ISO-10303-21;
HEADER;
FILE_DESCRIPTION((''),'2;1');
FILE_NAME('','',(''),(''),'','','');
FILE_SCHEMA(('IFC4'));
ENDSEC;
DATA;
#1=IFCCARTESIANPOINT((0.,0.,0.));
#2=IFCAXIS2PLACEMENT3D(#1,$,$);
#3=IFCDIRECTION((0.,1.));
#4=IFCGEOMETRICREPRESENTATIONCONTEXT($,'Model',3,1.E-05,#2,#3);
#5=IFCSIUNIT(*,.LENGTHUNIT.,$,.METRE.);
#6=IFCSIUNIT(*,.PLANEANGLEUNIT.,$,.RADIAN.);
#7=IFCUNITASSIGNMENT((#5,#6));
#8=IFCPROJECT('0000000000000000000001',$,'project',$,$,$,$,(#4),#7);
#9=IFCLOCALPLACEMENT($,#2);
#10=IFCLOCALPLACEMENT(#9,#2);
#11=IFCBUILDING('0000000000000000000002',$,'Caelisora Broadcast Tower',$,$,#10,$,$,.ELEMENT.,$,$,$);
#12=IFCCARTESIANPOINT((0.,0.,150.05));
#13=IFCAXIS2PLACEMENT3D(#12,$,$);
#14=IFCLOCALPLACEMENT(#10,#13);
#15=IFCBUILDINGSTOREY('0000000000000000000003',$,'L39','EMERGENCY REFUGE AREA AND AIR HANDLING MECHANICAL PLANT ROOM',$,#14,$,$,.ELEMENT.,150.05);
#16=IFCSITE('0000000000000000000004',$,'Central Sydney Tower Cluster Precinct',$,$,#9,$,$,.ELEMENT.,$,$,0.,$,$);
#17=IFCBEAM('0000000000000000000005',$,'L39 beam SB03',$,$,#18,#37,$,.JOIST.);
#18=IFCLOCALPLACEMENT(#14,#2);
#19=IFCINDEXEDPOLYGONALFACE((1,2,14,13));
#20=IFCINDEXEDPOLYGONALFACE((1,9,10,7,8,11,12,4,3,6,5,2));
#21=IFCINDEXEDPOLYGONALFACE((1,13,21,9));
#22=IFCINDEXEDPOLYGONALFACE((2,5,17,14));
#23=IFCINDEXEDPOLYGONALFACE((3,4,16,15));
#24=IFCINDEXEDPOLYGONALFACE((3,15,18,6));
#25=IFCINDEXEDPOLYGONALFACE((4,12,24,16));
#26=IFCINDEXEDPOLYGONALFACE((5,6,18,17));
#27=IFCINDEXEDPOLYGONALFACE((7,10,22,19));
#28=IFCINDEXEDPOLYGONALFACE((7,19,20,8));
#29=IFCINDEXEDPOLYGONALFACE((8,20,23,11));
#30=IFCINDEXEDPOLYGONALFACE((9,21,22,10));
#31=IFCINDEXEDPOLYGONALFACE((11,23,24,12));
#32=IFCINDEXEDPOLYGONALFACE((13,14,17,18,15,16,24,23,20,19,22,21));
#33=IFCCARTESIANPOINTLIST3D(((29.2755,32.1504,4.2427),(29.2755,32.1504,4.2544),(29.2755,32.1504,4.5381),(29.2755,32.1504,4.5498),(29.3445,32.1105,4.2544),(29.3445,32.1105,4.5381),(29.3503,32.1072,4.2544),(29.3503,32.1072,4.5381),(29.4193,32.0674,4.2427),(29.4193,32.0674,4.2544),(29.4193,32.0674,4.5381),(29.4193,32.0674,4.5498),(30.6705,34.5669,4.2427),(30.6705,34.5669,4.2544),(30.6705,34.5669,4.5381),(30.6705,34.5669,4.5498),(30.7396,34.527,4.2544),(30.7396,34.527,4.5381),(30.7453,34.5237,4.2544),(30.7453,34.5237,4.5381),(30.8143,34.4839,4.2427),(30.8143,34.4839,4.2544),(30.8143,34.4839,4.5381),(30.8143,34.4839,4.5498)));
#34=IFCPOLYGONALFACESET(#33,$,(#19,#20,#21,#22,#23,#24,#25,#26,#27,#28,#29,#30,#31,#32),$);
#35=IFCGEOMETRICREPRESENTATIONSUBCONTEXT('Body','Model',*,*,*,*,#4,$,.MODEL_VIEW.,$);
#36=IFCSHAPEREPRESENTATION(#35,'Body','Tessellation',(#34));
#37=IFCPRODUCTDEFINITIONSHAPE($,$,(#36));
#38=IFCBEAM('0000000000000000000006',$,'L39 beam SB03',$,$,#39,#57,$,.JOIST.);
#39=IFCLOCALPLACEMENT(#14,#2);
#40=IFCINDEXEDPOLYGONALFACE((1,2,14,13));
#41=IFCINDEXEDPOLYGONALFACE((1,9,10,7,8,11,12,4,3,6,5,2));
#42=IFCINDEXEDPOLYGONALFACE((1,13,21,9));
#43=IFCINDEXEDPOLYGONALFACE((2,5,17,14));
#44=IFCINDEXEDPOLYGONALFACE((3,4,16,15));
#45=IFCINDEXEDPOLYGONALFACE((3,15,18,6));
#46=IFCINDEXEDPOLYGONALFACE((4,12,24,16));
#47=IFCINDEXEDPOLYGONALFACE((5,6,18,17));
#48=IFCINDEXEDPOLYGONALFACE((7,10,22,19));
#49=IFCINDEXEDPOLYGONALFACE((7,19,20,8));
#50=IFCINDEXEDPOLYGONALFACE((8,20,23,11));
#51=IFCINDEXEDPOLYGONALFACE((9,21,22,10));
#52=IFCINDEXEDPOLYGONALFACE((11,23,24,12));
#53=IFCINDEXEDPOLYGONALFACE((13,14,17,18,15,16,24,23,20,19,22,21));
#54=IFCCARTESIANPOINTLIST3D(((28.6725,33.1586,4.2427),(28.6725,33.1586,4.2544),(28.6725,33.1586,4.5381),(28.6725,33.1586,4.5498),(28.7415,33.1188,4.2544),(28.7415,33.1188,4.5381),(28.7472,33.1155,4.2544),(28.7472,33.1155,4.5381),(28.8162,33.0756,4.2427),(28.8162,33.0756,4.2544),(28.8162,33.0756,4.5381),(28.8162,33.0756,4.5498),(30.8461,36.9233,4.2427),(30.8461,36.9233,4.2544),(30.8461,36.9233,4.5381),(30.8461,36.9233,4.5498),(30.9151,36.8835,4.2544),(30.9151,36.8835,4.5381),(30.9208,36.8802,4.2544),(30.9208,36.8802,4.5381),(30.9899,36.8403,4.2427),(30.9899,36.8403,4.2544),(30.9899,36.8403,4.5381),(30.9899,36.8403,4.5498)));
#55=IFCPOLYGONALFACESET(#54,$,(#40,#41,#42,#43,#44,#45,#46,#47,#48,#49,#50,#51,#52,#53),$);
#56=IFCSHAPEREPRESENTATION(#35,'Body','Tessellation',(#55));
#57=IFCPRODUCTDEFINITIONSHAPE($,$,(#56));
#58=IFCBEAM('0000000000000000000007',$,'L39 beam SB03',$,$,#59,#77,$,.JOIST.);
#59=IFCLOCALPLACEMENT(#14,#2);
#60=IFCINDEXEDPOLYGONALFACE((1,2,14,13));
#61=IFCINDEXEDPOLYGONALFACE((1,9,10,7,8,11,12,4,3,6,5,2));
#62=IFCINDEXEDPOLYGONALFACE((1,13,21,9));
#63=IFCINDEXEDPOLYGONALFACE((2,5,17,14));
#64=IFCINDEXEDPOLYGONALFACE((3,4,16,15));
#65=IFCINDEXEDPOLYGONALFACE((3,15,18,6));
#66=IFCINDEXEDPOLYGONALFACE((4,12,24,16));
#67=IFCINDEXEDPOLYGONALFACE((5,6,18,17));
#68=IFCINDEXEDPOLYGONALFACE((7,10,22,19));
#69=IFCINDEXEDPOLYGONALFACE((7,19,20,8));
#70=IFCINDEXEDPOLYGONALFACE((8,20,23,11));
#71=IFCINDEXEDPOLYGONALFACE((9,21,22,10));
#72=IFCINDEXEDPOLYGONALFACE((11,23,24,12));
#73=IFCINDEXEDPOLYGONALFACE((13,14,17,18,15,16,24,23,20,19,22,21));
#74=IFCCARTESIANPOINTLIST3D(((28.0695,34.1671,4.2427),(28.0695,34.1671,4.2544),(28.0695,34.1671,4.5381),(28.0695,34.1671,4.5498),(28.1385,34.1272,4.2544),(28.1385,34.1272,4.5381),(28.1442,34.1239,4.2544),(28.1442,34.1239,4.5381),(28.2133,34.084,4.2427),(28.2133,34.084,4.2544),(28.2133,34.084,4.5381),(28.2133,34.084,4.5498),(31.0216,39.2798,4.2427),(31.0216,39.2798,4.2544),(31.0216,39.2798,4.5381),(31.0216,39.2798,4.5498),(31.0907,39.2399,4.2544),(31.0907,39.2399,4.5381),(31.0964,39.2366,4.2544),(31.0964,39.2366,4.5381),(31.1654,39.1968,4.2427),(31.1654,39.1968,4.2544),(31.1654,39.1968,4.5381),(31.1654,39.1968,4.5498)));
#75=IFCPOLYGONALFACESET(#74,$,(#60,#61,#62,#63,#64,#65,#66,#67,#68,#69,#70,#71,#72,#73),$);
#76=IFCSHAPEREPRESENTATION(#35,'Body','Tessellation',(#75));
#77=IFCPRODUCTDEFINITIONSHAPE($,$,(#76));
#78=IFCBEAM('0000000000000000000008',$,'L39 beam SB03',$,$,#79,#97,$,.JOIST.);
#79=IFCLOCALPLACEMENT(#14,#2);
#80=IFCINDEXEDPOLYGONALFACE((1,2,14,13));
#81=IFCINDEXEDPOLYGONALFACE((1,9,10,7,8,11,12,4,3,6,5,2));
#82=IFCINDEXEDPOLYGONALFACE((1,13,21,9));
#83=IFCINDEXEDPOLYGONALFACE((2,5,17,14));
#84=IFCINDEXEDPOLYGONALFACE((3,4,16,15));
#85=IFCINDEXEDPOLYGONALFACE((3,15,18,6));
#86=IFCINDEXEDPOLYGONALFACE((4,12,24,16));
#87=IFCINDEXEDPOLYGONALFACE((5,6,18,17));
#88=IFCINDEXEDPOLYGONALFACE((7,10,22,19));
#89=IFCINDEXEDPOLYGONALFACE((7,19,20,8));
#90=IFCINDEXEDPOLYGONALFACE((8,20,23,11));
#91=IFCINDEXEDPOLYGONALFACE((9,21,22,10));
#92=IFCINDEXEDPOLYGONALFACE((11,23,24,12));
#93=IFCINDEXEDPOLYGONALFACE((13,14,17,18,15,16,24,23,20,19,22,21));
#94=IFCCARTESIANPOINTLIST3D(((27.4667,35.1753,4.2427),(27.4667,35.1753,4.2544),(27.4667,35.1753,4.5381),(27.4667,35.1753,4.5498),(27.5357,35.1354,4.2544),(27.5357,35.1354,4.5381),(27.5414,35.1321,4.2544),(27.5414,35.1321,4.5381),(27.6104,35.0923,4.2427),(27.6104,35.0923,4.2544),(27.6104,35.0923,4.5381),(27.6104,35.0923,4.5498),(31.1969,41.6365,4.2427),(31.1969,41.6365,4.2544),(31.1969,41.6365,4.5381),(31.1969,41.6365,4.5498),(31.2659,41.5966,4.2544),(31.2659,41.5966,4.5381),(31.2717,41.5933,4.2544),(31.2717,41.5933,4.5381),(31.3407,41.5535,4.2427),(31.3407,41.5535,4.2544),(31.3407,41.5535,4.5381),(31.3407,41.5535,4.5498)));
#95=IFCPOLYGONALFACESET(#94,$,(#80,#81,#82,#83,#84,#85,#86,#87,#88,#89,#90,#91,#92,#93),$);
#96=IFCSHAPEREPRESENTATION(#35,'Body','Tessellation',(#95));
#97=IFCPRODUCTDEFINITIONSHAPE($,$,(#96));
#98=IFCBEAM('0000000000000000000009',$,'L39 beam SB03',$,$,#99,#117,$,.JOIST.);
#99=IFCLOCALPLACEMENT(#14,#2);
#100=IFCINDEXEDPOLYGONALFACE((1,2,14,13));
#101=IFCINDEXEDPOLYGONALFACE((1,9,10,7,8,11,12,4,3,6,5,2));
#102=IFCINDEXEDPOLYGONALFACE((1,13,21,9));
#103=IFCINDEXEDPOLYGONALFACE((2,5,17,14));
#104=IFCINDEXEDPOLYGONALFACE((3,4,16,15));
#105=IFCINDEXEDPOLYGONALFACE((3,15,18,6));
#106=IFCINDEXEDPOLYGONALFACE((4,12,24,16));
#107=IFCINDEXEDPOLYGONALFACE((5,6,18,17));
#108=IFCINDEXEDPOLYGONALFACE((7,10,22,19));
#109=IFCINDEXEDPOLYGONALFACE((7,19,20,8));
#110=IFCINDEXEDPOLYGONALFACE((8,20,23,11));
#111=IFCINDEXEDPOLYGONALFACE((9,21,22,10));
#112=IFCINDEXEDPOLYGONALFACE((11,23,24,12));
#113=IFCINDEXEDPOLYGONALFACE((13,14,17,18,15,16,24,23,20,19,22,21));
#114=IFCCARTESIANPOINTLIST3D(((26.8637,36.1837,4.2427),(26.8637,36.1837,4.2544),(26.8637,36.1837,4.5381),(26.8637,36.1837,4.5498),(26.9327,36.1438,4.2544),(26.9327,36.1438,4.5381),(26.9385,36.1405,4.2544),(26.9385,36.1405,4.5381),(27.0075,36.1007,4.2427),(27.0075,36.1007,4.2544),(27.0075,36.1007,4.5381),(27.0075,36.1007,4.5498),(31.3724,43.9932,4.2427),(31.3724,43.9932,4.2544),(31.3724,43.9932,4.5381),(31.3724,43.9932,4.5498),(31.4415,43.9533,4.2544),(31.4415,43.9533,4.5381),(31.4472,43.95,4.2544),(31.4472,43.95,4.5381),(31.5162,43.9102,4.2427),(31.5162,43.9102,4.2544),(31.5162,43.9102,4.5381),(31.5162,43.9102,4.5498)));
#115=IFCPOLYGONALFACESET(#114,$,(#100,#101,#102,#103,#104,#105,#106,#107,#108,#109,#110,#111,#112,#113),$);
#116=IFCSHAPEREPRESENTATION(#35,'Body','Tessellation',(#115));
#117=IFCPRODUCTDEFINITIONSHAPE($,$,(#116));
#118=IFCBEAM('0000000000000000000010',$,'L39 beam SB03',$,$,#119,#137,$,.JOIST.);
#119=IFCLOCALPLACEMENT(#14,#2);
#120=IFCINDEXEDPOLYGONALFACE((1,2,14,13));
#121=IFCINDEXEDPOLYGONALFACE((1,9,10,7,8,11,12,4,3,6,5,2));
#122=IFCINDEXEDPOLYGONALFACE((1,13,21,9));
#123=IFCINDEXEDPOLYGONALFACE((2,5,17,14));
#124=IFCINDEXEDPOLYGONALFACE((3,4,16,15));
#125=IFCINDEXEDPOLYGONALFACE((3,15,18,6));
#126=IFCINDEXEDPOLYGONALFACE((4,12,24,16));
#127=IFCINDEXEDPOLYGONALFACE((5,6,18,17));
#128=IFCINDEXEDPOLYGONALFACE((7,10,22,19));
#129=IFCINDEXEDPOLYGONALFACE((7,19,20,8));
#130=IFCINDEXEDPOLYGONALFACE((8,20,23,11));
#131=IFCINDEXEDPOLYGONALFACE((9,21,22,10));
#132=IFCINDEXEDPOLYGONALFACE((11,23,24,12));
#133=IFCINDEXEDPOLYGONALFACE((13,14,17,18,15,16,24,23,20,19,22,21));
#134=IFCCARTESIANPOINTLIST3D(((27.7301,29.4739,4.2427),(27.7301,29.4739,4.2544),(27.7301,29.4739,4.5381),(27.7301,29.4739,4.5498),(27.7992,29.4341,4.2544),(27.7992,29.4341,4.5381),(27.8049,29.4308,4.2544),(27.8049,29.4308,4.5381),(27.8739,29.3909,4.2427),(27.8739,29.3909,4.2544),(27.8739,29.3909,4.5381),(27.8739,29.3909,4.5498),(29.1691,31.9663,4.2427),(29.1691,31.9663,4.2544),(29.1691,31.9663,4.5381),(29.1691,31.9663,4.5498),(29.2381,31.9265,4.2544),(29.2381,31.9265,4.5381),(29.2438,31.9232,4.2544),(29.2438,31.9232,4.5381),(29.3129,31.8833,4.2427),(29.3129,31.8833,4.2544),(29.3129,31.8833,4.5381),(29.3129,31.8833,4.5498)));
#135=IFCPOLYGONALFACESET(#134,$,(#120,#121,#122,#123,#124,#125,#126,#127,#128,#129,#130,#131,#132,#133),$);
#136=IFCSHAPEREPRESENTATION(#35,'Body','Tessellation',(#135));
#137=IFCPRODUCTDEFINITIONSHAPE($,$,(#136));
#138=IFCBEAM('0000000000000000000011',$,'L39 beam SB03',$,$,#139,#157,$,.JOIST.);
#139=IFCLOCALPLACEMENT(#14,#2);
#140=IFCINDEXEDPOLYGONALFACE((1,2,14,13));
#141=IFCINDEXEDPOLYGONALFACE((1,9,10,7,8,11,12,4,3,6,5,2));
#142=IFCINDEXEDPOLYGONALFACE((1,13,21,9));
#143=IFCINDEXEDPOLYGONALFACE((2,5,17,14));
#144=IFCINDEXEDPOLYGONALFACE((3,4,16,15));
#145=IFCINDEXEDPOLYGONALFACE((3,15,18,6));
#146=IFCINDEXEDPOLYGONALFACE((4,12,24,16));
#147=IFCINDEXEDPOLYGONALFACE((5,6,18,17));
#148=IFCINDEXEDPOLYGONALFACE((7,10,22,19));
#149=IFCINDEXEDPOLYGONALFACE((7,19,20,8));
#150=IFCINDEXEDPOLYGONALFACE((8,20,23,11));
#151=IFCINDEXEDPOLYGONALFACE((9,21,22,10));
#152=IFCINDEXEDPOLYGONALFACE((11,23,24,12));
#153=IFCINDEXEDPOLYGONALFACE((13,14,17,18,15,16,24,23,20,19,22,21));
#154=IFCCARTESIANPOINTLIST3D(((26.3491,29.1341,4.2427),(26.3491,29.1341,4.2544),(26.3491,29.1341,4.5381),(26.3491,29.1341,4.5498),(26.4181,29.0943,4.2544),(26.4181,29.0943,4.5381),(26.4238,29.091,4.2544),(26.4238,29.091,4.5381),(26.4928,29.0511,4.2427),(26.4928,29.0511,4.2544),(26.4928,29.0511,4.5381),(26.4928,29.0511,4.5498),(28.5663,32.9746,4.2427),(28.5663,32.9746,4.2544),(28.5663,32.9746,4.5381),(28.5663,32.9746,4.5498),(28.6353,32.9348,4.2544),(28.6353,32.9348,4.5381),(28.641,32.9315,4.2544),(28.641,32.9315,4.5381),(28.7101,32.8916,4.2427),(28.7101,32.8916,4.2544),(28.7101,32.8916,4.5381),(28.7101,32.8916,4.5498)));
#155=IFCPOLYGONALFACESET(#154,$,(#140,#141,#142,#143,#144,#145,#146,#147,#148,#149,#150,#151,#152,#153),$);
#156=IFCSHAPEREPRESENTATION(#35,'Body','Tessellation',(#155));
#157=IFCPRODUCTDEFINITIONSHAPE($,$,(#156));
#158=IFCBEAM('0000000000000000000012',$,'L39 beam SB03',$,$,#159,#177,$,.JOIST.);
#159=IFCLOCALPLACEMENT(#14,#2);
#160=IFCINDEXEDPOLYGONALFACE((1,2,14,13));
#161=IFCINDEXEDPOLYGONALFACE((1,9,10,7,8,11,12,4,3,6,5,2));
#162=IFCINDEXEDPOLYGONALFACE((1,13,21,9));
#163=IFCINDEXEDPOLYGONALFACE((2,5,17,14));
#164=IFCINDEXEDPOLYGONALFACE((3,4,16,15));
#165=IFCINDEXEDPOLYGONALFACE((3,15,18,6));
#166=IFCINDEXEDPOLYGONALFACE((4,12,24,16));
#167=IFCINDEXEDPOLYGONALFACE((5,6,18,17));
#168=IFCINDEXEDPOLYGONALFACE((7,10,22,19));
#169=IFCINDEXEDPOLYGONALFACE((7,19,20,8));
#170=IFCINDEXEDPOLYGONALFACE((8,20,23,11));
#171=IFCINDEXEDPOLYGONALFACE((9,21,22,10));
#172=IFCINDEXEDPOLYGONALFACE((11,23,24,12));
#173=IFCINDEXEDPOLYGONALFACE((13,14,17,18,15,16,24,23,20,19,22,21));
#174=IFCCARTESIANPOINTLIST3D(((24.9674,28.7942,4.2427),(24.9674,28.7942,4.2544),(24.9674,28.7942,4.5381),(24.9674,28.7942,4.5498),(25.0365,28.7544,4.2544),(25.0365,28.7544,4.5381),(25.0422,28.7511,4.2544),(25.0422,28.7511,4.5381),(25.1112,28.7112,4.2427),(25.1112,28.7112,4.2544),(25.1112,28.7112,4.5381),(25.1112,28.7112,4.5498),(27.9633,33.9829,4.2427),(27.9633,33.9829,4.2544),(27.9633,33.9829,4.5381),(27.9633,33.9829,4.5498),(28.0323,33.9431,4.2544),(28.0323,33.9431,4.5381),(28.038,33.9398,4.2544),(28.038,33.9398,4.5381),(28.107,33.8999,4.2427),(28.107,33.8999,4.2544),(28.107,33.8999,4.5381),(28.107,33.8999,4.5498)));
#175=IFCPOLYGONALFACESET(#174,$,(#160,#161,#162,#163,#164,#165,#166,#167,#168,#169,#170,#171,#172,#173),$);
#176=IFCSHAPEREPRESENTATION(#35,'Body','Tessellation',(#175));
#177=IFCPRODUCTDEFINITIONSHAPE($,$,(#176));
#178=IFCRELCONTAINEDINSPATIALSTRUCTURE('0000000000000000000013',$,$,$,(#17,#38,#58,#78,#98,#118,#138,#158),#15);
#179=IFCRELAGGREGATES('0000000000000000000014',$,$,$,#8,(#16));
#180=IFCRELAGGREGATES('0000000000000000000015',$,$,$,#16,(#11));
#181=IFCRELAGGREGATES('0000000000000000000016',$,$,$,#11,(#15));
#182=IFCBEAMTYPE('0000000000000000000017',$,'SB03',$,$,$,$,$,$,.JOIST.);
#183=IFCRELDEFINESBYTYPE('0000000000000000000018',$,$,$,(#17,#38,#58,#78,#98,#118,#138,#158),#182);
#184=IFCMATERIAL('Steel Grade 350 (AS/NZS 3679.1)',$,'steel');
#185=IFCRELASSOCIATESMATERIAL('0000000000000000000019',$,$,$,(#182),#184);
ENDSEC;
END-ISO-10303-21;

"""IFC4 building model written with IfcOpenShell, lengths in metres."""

from ifc_helpers import new_model, si_unit, direction, frame, origin, origin_2d, place, context, subcontext, project, spatial, i_section, extrude, source, transform, mapped, material, material_profile, profile_set, type_object, element, save


model = new_model("IFC4")

# Units and contexts
model_context = context("Model", 3, precision=1e-05, world=origin(), true_north=direction((0.0, 1.0)))
body_context = subcontext(model_context, "Body", "Model", "MODEL_VIEW")
ifc_project = project(units=[si_unit("LENGTHUNIT", "METRE"), si_unit("PLANEANGLEUNIT", "RADIAN")], contexts=[model_context])

# Site, building, storey
site_placement = place(None, origin())
site = spatial("IfcSite", under=ifc_project, at=site_placement, Name="Central Sydney Tower Cluster Precinct", CompositionType="ELEMENT", RefElevation=0.0)
building_placement = place(site_placement, origin())
building = spatial("IfcBuilding", under=site, at=building_placement, Name="Caelisora Broadcast Tower", CompositionType="ELEMENT")
storey_placement = place(building_placement, frame((0.0, 0.0, 150.05)))
storey = spatial("IfcBuildingStorey", under=building, at=storey_placement, Name="L39", Description="EMERGENCY REFUGE AREA AND AIR HANDLING MECHANICAL PLANT ROOM", CompositionType="ELEMENT", Elevation=150.05)

# Beams
ifc_material_1 = material(Name="Steel Grade 350 (AS/NZS 3679.1)", Category="steel")
ifc_material_profile_1 = material_profile(ifc_material_1, i_section(OverallWidth=0.166, OverallDepth=0.3071, WebThickness=0.0066, FlangeThickness=0.0117, at=origin_2d()), Name="Steel Grade 350 (AS/NZS 3679.1)")
ifc_profile_set_1 = profile_set([ifc_material_profile_1], Name="Steel Grade 350 (AS/NZS 3679.1)")
beam_type_1 = type_object("IfcBeamType", Name="SB03", PredefinedType="JOIST", material=ifc_profile_set_1)
shared_shape_1 = source(origin(), body_context, "Body", "SweptSolid", [
    extrude(i_section(OverallWidth=0.166, OverallDepth=0.3071, WebThickness=0.0066, FlangeThickness=0.0117, at=origin_2d()), origin(), (0.0, 0.0, 1.0), 2.7903),
])
beam_1_placement = place(storey_placement, frame((30.7424, 34.5254, 4.3962), z_axis=(-0.49996, -0.866049, 0.0), x_axis=(0.866049, -0.49996, 0.0)))
element("IfcBeam", 1, at=beam_1_placement, inside=storey, type_object=beam_type_1, Name="L39 beam SB03", PredefinedType="JOIST", context=body_context, shape_type="MappedRepresentation", body=[
    mapped(shared_shape_1, transform((0.0, 0.0, 0.0), scale=1.0)),
])
shared_shape_2 = source(origin(), body_context, "Body", "SweptSolid", [
    extrude(i_section(OverallWidth=0.166, OverallDepth=0.3071, WebThickness=0.0066, FlangeThickness=0.0117, at=origin_2d()), origin(), (0.0, 0.0, 1.0), 4.3472),
])
beam_2_placement = place(storey_placement, frame((30.918, 36.8818, 4.3962), z_axis=(-0.500011, -0.866019, 0.0), x_axis=(0.866019, -0.500011, 0.0)))
element("IfcBeam", 2, at=beam_2_placement, inside=storey, type_object=beam_type_1, Name="L39 beam SB03", PredefinedType="JOIST", context=body_context, shape_type="MappedRepresentation", body=[
    mapped(shared_shape_2, transform((0.0, 0.0, 0.0), scale=1.0)),
])
shared_shape_3 = source(origin(), body_context, "Body", "SweptSolid", [
    extrude(i_section(OverallWidth=0.166, OverallDepth=0.3071, WebThickness=0.0066, FlangeThickness=0.0117, at=origin_2d()), origin(), (0.0, 0.0, 1.0), 5.9038),
])
beam_3_placement = place(storey_placement, frame((31.0935, 39.2383, 4.3962), z_axis=(-0.500035, -0.866005, 0.0), x_axis=(0.866005, -0.500035, 0.0)))
element("IfcBeam", 3, at=beam_3_placement, inside=storey, type_object=beam_type_1, Name="L39 beam SB03", PredefinedType="JOIST", context=body_context, shape_type="MappedRepresentation", body=[
    mapped(shared_shape_3, transform((0.0, 0.0, 0.0), scale=1.0)),
])
shared_shape_4 = source(origin(), body_context, "Body", "SweptSolid", [
    extrude(i_section(OverallWidth=0.166, OverallDepth=0.3071, WebThickness=0.0066, FlangeThickness=0.0117, at=origin_2d()), origin(), (0.0, 0.0, 1.0), 7.4607),
])
beam_4_placement = place(storey_placement, frame((31.2688, 41.595, 4.3962), z_axis=(-0.499986, -0.866034, 0.0), x_axis=(0.866034, -0.499986, 0.0)))
element("IfcBeam", 4, at=beam_4_placement, inside=storey, type_object=beam_type_1, Name="L39 beam SB03", PredefinedType="JOIST", context=body_context, shape_type="MappedRepresentation", body=[
    mapped(shared_shape_4, transform((0.0, 0.0, 0.0), scale=1.0)),
])
shared_shape_5 = source(origin(), body_context, "Body", "SweptSolid", [
    extrude(i_section(OverallWidth=0.166, OverallDepth=0.3071, WebThickness=0.0066, FlangeThickness=0.0117, at=origin_2d()), origin(), (0.0, 0.0, 1.0), 9.0176),
])
beam_5_placement = place(storey_placement, frame((31.4443, 43.9517, 4.3962), z_axis=(-0.499994, -0.866029, 0.0), x_axis=(0.866029, -0.499994, 0.0)))
element("IfcBeam", 5, at=beam_5_placement, inside=storey, type_object=beam_type_1, Name="L39 beam SB03", PredefinedType="JOIST", context=body_context, shape_type="MappedRepresentation", body=[
    mapped(shared_shape_5, transform((0.0, 0.0, 0.0), scale=1.0)),
])
shared_shape_6 = source(origin(), body_context, "Body", "SweptSolid", [
    extrude(i_section(OverallWidth=0.166, OverallDepth=0.3071, WebThickness=0.0066, FlangeThickness=0.0117, at=origin_2d()), origin(), (0.0, 0.0, 1.0), 2.8779),
])
beam_6_placement = place(storey_placement, frame((29.241, 31.9248, 4.3962), z_axis=(-0.499989, -0.866032, 0.0), x_axis=(0.866032, -0.499989, 0.0)))
element("IfcBeam", 6, at=beam_6_placement, inside=storey, type_object=beam_type_1, Name="L39 beam SB03", PredefinedType="JOIST", context=body_context, shape_type="MappedRepresentation", body=[
    mapped(shared_shape_6, transform((0.0, 0.0, 0.0), scale=1.0)),
])
shared_shape_7 = source(origin(), body_context, "Body", "SweptSolid", [
    extrude(i_section(OverallWidth=0.166, OverallDepth=0.3071, WebThickness=0.0066, FlangeThickness=0.0117, at=origin_2d()), origin(), (0.0, 0.0, 1.0), 4.4346),
])
beam_7_placement = place(storey_placement, frame((28.6382, 32.9331, 4.3962), z_axis=(-0.499988, -0.866032, 0.0), x_axis=(0.866032, -0.499988, 0.0)))
element("IfcBeam", 7, at=beam_7_placement, inside=storey, type_object=beam_type_1, Name="L39 beam SB03", PredefinedType="JOIST", context=body_context, shape_type="MappedRepresentation", body=[
    mapped(shared_shape_7, transform((0.0, 0.0, 0.0), scale=1.0)),
])
shared_shape_8 = source(origin(), body_context, "Body", "SweptSolid", [
    extrude(i_section(OverallWidth=0.166, OverallDepth=0.3071, WebThickness=0.0066, FlangeThickness=0.0117, at=origin_2d()), origin(), (0.0, 0.0, 1.0), 5.9915),
])
beam_8_placement = place(storey_placement, frame((28.0352, 33.9414, 4.3962), z_axis=(-0.500018, -0.866015, 0.0), x_axis=(0.866015, -0.500018, 0.0)))
element("IfcBeam", 8, at=beam_8_placement, inside=storey, type_object=beam_type_1, Name="L39 beam SB03", PredefinedType="JOIST", context=body_context, shape_type="MappedRepresentation", body=[
    mapped(shared_shape_8, transform((0.0, 0.0, 0.0), scale=1.0)),
])

save(model, "model.ifc")
